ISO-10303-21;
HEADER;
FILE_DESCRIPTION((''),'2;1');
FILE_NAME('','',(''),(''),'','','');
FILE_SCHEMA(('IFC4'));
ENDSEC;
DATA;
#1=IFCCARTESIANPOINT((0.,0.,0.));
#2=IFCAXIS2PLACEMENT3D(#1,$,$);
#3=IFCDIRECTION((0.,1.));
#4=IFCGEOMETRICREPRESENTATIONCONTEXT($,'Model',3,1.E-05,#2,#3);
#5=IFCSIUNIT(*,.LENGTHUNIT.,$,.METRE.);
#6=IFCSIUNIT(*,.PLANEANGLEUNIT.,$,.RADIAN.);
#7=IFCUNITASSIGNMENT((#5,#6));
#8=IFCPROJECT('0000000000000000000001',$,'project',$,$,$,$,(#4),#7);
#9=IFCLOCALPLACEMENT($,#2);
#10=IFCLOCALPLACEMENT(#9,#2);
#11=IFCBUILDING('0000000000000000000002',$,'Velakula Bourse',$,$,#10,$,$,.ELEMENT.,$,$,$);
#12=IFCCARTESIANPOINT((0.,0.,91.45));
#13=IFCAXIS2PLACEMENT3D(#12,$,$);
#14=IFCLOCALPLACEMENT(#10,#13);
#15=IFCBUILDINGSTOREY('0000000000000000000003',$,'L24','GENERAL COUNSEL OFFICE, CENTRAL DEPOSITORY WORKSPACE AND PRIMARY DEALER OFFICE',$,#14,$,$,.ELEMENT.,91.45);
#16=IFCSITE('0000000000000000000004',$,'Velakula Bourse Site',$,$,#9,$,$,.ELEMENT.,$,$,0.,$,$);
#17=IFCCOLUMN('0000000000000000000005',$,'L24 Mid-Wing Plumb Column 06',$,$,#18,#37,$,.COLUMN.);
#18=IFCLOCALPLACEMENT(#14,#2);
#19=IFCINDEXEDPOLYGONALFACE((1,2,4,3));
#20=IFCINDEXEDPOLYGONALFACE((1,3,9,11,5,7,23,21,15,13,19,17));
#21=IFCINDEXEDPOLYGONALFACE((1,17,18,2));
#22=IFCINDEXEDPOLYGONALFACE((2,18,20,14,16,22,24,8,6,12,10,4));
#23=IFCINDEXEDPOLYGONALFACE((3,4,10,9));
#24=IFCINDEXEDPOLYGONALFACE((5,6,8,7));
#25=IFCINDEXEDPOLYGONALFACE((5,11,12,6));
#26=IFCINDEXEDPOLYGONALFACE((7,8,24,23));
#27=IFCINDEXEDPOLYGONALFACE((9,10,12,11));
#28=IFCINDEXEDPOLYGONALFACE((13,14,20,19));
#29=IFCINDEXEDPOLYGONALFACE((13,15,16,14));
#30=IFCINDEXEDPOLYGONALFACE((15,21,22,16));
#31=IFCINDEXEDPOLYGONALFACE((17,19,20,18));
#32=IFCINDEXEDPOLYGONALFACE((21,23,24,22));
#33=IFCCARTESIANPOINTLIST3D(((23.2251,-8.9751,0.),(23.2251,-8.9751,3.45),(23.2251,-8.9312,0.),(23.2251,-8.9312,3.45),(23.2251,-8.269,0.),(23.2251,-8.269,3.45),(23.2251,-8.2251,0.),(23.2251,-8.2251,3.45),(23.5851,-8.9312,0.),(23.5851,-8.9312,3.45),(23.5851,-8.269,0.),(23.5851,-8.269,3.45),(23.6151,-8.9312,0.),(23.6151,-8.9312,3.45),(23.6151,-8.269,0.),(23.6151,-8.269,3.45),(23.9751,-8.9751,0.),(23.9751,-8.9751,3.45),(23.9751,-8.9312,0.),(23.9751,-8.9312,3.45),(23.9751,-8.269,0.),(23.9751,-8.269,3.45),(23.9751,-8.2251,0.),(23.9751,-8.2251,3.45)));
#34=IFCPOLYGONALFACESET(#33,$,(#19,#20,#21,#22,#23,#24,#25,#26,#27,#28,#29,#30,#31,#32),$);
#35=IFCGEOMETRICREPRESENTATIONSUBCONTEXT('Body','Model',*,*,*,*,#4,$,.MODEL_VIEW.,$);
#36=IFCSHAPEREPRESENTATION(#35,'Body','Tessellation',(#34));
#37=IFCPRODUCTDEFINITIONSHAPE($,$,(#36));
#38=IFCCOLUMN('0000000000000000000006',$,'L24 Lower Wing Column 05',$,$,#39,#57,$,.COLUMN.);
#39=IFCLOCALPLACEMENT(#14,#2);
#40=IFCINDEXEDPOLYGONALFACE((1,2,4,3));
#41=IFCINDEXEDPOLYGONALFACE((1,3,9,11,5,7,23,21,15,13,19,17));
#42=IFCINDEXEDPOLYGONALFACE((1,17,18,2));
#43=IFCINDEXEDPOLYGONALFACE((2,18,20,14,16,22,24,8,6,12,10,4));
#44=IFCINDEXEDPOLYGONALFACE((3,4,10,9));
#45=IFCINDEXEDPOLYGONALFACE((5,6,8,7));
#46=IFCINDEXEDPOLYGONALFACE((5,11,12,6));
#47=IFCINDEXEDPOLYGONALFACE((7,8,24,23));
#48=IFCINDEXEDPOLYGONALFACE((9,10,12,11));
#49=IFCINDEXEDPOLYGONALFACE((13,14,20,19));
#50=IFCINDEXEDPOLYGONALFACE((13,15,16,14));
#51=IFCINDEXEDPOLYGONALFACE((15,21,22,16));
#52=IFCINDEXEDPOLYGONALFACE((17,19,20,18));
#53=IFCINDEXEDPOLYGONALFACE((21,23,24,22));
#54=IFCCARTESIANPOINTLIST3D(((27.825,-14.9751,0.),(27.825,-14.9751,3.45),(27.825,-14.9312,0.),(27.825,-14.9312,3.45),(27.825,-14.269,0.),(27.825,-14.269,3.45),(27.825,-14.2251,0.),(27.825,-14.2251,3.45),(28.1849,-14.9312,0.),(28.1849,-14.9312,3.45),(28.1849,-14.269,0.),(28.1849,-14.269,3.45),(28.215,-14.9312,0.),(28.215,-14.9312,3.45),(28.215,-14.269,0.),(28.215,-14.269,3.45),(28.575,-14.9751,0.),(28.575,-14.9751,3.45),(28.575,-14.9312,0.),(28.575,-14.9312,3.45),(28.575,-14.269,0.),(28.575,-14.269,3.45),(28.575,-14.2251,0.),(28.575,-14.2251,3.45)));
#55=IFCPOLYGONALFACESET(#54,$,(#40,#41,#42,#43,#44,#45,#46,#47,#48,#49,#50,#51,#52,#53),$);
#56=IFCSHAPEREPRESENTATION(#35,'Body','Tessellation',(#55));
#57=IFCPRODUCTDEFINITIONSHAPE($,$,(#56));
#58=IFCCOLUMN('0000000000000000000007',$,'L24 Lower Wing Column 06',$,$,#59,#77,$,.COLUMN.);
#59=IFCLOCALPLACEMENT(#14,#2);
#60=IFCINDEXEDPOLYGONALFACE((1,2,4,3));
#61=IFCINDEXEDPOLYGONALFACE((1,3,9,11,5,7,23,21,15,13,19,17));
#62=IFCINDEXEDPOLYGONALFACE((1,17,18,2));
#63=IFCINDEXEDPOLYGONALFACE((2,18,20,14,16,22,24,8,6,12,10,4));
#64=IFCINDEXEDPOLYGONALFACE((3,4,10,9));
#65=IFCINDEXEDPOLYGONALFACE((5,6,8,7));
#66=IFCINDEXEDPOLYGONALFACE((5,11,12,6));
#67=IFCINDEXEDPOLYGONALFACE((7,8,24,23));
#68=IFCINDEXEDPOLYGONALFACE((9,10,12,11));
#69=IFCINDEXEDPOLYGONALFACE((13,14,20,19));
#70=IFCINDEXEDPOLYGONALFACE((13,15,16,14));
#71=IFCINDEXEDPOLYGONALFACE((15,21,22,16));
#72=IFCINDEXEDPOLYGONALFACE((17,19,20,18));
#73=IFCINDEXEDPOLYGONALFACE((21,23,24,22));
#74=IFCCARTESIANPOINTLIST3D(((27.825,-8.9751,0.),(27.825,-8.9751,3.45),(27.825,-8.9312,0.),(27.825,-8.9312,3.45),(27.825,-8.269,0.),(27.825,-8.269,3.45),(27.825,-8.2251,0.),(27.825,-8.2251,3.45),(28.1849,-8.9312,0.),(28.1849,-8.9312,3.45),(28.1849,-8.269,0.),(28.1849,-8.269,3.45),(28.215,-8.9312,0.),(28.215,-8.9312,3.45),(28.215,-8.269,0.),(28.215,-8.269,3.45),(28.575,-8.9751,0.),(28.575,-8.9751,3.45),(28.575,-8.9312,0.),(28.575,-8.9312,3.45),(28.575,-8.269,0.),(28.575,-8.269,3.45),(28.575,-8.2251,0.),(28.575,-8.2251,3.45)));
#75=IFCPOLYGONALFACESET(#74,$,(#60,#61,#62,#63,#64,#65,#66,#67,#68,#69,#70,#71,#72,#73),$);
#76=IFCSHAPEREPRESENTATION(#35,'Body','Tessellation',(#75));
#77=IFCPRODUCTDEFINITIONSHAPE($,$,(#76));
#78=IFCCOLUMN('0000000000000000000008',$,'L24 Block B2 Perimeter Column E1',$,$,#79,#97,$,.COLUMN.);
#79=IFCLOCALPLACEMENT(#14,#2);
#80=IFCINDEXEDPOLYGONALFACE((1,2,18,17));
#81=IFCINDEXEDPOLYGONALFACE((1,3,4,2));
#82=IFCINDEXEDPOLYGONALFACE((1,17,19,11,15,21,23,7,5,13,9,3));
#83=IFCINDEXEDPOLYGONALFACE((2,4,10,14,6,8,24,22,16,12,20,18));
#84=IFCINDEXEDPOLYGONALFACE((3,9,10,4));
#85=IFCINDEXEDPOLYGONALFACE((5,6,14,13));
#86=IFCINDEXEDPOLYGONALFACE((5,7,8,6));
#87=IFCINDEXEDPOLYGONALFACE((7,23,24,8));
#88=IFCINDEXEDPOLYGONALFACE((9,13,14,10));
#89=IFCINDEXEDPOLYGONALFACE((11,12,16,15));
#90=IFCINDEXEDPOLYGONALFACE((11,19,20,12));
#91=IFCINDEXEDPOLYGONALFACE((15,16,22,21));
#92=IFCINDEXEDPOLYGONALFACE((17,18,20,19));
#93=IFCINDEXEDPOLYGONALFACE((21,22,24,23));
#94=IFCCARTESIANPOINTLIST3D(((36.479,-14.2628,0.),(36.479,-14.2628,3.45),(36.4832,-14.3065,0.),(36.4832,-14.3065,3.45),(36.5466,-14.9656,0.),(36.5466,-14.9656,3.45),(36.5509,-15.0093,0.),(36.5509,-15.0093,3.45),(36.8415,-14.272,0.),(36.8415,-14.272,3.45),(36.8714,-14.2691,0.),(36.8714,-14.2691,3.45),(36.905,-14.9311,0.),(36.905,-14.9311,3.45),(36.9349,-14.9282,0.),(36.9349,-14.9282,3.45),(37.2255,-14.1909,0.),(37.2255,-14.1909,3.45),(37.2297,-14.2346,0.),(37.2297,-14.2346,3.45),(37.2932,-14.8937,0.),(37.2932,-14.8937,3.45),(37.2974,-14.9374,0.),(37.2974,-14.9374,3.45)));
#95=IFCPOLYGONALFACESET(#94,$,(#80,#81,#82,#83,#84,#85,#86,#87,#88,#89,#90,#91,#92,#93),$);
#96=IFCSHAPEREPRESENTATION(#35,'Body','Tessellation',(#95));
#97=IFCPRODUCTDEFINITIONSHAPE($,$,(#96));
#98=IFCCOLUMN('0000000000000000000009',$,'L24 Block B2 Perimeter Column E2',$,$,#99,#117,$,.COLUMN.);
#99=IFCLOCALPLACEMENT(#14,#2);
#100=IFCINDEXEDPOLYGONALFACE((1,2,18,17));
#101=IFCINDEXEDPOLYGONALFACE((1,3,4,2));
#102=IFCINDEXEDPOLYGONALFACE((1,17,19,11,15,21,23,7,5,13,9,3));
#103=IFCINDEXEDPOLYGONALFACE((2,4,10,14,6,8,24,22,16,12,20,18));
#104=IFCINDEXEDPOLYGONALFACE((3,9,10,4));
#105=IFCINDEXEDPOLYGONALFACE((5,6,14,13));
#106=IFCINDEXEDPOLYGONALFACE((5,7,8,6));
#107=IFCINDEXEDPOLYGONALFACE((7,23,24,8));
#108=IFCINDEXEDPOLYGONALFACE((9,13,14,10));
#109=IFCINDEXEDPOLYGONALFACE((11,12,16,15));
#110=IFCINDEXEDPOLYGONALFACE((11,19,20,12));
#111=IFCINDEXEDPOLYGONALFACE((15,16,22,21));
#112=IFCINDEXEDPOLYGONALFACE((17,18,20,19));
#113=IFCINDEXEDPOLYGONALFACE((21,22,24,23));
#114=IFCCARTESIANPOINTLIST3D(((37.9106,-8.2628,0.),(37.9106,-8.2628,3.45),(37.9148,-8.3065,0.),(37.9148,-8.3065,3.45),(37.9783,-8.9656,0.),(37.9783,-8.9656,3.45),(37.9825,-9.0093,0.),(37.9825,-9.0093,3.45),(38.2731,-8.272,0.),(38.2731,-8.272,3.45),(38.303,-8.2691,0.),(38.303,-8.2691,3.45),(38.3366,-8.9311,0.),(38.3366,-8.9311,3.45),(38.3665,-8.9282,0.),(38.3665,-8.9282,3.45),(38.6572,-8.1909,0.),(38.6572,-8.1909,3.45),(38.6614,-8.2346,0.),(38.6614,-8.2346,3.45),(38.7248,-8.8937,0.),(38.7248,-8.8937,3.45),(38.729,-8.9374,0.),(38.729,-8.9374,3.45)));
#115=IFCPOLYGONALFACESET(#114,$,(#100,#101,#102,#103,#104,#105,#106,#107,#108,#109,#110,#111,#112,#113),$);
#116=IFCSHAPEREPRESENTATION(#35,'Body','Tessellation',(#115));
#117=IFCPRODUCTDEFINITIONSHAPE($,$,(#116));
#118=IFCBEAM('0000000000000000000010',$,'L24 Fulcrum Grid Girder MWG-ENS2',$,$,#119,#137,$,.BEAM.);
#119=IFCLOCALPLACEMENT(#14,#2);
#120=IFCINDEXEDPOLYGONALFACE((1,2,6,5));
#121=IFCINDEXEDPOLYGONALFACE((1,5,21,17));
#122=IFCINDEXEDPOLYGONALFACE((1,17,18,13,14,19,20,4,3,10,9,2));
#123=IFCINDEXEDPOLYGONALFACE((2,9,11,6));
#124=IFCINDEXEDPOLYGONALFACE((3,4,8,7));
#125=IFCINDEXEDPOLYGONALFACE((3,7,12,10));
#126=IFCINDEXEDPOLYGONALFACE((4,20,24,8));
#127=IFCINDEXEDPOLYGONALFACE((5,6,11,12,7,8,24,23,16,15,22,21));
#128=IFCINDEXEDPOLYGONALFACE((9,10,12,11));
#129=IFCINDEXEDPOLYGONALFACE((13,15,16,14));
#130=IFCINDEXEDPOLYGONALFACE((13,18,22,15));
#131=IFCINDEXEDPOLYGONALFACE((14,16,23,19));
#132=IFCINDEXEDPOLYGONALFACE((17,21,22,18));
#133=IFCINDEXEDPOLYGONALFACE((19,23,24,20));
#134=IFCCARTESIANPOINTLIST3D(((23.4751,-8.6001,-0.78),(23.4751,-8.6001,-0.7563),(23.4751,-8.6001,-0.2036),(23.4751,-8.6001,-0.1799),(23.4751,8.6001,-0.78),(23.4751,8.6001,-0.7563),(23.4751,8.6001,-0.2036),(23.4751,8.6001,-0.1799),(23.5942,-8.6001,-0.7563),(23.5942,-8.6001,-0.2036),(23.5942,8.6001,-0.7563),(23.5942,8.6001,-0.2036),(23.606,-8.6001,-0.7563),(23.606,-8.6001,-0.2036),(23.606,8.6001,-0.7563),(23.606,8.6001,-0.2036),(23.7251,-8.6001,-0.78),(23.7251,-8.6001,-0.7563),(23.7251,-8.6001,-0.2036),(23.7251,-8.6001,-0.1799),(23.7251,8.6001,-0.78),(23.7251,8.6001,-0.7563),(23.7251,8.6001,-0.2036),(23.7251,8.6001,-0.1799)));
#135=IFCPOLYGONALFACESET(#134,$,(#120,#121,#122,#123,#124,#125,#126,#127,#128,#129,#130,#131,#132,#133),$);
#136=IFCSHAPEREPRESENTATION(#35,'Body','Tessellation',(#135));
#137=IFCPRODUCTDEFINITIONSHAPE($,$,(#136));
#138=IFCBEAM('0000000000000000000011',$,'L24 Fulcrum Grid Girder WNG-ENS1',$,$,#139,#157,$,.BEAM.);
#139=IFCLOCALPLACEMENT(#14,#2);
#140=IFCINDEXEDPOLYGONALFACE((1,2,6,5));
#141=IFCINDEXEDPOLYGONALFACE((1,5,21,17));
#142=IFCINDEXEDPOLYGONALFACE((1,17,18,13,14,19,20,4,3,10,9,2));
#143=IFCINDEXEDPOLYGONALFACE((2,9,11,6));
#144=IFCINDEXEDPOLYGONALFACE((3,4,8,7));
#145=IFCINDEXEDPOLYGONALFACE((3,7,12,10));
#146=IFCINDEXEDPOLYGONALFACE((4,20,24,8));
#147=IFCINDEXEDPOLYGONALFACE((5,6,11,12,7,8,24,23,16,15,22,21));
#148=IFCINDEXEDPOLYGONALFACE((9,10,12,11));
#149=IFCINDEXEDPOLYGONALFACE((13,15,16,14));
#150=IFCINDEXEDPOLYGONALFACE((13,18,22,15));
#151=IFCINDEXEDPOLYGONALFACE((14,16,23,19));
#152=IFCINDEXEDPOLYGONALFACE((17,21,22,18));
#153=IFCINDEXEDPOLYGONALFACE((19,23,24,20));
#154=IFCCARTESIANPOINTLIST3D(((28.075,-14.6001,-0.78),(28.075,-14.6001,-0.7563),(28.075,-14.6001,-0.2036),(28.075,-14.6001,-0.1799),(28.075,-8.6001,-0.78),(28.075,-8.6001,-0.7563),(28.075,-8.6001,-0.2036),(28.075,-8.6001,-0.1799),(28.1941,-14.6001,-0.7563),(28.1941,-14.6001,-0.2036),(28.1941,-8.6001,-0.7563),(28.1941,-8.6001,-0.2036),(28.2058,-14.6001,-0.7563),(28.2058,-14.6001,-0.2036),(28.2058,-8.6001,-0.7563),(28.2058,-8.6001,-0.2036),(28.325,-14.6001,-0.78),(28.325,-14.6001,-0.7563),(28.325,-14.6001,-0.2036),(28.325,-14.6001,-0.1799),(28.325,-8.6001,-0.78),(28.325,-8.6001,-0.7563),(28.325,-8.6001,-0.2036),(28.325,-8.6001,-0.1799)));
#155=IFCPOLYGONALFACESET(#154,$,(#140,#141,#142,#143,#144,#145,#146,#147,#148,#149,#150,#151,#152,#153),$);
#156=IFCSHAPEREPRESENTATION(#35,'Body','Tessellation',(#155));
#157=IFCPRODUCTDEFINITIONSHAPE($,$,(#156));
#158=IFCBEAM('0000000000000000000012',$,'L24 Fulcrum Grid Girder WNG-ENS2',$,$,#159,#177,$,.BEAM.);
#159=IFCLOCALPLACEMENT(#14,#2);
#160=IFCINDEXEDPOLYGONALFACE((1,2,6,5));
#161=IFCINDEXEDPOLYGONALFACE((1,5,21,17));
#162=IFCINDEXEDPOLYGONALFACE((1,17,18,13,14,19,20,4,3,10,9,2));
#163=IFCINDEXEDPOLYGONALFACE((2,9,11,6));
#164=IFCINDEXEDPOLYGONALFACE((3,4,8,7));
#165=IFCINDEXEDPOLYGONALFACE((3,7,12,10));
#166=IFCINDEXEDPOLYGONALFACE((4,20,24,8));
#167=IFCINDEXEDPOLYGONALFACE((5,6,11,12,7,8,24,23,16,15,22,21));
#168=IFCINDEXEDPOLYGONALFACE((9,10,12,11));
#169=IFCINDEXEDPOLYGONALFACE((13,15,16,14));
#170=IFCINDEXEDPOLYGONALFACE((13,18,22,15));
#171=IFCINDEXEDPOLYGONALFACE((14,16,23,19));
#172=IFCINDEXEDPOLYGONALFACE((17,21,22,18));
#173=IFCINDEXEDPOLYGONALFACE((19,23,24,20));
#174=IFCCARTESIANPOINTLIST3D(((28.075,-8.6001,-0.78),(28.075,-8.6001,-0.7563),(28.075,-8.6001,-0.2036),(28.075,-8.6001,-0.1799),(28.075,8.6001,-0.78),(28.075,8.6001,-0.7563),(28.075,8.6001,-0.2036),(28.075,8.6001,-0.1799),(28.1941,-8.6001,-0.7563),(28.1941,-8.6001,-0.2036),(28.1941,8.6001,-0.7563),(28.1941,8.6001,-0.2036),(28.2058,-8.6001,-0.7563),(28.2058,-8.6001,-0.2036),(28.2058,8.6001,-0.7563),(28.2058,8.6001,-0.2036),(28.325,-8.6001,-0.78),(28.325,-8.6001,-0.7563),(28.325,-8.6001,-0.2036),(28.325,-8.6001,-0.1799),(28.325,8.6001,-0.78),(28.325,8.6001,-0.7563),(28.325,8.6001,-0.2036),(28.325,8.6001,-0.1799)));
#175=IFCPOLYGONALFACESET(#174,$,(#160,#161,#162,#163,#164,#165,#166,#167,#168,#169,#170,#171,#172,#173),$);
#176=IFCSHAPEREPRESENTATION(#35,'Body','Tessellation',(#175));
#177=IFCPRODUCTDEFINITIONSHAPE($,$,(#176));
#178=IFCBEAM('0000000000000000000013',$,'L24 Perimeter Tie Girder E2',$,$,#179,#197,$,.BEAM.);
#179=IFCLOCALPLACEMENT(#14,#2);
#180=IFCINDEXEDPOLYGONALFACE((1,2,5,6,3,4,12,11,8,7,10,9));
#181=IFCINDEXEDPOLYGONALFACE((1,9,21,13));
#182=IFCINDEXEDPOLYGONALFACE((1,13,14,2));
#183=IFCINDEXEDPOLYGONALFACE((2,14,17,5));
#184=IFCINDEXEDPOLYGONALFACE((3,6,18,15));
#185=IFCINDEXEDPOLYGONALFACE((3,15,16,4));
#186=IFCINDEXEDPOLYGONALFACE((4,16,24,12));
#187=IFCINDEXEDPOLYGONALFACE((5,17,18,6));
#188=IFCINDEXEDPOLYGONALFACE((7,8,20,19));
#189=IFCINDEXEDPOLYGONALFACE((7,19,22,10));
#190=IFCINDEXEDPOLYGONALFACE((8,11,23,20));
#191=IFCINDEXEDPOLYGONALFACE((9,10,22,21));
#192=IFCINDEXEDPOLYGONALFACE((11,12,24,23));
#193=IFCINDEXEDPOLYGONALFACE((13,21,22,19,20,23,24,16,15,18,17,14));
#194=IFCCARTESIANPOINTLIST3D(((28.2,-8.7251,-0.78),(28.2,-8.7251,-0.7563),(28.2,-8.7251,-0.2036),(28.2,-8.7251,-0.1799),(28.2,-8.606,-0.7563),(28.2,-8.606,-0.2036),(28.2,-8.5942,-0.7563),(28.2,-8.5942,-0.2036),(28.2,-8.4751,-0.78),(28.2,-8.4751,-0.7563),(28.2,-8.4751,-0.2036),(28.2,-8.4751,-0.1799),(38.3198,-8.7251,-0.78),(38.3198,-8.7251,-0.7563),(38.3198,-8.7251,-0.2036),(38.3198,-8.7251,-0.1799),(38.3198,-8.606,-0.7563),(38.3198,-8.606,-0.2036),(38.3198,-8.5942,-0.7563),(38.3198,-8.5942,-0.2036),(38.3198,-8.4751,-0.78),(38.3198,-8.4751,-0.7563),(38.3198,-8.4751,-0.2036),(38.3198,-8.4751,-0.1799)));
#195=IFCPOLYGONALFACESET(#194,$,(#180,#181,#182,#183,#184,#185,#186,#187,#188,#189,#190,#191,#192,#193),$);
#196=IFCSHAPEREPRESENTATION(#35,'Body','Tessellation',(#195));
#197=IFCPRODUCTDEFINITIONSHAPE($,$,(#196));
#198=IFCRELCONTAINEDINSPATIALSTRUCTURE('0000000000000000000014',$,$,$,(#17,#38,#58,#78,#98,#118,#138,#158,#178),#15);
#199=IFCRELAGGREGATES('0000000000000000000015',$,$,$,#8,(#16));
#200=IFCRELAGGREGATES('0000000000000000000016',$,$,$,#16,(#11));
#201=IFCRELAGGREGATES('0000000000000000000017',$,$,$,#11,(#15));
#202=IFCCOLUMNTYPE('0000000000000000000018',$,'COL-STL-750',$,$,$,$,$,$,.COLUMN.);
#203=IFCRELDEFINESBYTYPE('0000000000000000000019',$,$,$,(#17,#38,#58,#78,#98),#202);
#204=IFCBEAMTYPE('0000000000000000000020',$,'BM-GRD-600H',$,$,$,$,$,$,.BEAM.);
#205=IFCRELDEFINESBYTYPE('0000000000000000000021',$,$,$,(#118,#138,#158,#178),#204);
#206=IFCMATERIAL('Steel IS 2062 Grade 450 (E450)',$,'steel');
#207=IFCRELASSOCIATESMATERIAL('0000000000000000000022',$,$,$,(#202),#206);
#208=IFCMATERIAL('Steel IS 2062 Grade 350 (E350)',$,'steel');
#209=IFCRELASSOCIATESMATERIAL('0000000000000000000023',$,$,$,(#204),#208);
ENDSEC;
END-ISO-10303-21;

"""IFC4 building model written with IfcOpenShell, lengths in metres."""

from ifc_helpers import new_model, si_unit, direction, frame, origin, origin_2d, place, context, subcontext, project, spatial, i_section, extrude, material, material_profile, profile_set, type_object, element, save


model = new_model("IFC4")

# Units and contexts
model_context = context("Model", 3, precision=1e-05, world=origin(), true_north=direction((0.0, 1.0)))
body_context = subcontext(model_context, "Body", "Model", "MODEL_VIEW")
ifc_project = project(units=[si_unit("LENGTHUNIT", "METRE"), si_unit("PLANEANGLEUNIT", "RADIAN")], contexts=[model_context])

# Site, building, storey
site_placement = place(None, origin())
site = spatial("IfcSite", under=ifc_project, at=site_placement, Name="Velakula Bourse Site", CompositionType="ELEMENT", RefElevation=0.0)
building_placement = place(site_placement, origin())
building = spatial("IfcBuilding", under=site, at=building_placement, Name="Velakula Bourse", CompositionType="ELEMENT")
storey_placement = place(building_placement, frame((0.0, 0.0, 91.45)))
storey = spatial("IfcBuildingStorey", under=building, at=storey_placement, Name="L24", Description="GENERAL COUNSEL OFFICE, CENTRAL DEPOSITORY WORKSPACE AND PRIMARY DEALER OFFICE", CompositionType="ELEMENT", Elevation=91.45)

# Columns
ifc_material_1 = material(Name="Steel IS 2062 Grade 450 (E450)", Category="steel")
ifc_material_profile_1 = material_profile(ifc_material_1, i_section(OverallWidth=0.75, OverallDepth=0.75, WebThickness=0.03, FlangeThickness=0.0439, at=origin_2d()), Name="Steel IS 2062 Grade 450 (E450)")
ifc_profile_set_1 = profile_set([ifc_material_profile_1], Name="Steel IS 2062 Grade 450 (E450)")
column_type = type_object("IfcColumnType", Name="COL-STL-750", PredefinedType="COLUMN", material=ifc_profile_set_1)
for number, where, z_axis, x_axis, name in (
    (1, (23.6001, -8.6001, 0.0), (0.0, 0.0, 1.0), (1.0, 0.0, 0.0), "L24 Mid-Wing Plumb Column 06"),
    (2, (28.2, -14.6001, 0.0), (0.0, 0.0, 1.0), (1.0, 0.0, 0.0), "L24 Lower Wing Column 05"),
    (3, (28.2, -8.6001, 0.0), (0.0, 0.0, 1.0), (1.0, 0.0, 0.0), "L24 Lower Wing Column 06"),
    (4, (36.8882, -14.6001, 0.0), (0.0, 0.0, 1.0), (0.995396, 0.095846, 0.0), "L24 Block B2 Perimeter Column E1"),
    (5, (38.3198, -8.6001, 0.0), (0.0, 0.0, 1.0), (0.995396, 0.095846, 0.0), "L24 Block B2 Perimeter Column E2"),
):
    element("IfcColumn", number, at=place(storey_placement, frame(where, z_axis=z_axis, x_axis=x_axis)), inside=storey, type_object=column_type, Name=name, PredefinedType="COLUMN", context=body_context, shape_type="SweptSolid", body=[
        extrude(i_section(OverallWidth=0.75, OverallDepth=0.75, WebThickness=0.03, FlangeThickness=0.0439, at=origin_2d()), origin(), (0.0, 0.0, 1.0), 3.45),
    ])

# Beams
ifc_material_2 = material(Name="Steel IS 2062 Grade 350 (E350)", Category="steel")
ifc_material_profile_2 = material_profile(ifc_material_2, i_section(OverallWidth=0.25, OverallDepth=0.6001, WebThickness=0.0117, FlangeThickness=0.0237, at=origin_2d()), Name="Steel IS 2062 Grade 350 (E350)")
ifc_profile_set_2 = profile_set([ifc_material_profile_2], Name="Steel IS 2062 Grade 350 (E350)")
beam_type_1 = type_object("IfcBeamType", Name="BM-GRD-600H", PredefinedType="BEAM", material=ifc_profile_set_2)
beam_1_placement = place(storey_placement, frame((23.6001, -8.6001, -0.48), z_axis=(0.0, 1.0, 0.0), x_axis=(-1.0, 0.0, 0.0)))
element("IfcBeam", 6, at=beam_1_placement, inside=storey, type_object=beam_type_1, Name="L24 Fulcrum Grid Girder MWG-ENS2", PredefinedType="BEAM", context=body_context, shape_type="SweptSolid", body=[
    extrude(i_section(OverallWidth=0.25, OverallDepth=0.6001, WebThickness=0.0117, FlangeThickness=0.0237, at=origin_2d()), origin(), (0.0, 0.0, 1.0), 17.2002),
])
beam_2_placement = place(storey_placement, frame((28.2, -14.6001, -0.48), z_axis=(0.0, 1.0, 0.0), x_axis=(-1.0, 0.0, 0.0)))
element("IfcBeam", 7, at=beam_2_placement, inside=storey, type_object=beam_type_1, Name="L24 Fulcrum Grid Girder WNG-ENS1", PredefinedType="BEAM", context=body_context, shape_type="SweptSolid", body=[
    extrude(i_section(OverallWidth=0.25, OverallDepth=0.6001, WebThickness=0.0117, FlangeThickness=0.0237, at=origin_2d()), origin(), (0.0, 0.0, 1.0), 6.0),
])
beam_3_placement = place(storey_placement, frame((28.2, -8.6001, -0.48), z_axis=(0.0, 1.0, 0.0), x_axis=(-1.0, 0.0, 0.0)))
element("IfcBeam", 8, at=beam_3_placement, inside=storey, type_object=beam_type_1, Name="L24 Fulcrum Grid Girder WNG-ENS2", PredefinedType="BEAM", context=body_context, shape_type="SweptSolid", body=[
    extrude(i_section(OverallWidth=0.25, OverallDepth=0.6001, WebThickness=0.0117, FlangeThickness=0.0237, at=origin_2d()), origin(), (0.0, 0.0, 1.0), 17.2002),
])
beam_4_placement = place(storey_placement, frame((28.2, -8.6001, -0.48), z_axis=(1.0, 0.0, 0.0), x_axis=(0.0, 1.0, 0.0)))
element("IfcBeam", 9, at=beam_4_placement, inside=storey, type_object=beam_type_1, Name="L24 Perimeter Tie Girder E2", PredefinedType="BEAM", context=body_context, shape_type="SweptSolid", body=[
    extrude(i_section(OverallWidth=0.25, OverallDepth=0.6001, WebThickness=0.0117, FlangeThickness=0.0237, at=origin_2d()), origin(), (0.0, 0.0, 1.0), 10.1199),
])

save(model, "model.ifc")
